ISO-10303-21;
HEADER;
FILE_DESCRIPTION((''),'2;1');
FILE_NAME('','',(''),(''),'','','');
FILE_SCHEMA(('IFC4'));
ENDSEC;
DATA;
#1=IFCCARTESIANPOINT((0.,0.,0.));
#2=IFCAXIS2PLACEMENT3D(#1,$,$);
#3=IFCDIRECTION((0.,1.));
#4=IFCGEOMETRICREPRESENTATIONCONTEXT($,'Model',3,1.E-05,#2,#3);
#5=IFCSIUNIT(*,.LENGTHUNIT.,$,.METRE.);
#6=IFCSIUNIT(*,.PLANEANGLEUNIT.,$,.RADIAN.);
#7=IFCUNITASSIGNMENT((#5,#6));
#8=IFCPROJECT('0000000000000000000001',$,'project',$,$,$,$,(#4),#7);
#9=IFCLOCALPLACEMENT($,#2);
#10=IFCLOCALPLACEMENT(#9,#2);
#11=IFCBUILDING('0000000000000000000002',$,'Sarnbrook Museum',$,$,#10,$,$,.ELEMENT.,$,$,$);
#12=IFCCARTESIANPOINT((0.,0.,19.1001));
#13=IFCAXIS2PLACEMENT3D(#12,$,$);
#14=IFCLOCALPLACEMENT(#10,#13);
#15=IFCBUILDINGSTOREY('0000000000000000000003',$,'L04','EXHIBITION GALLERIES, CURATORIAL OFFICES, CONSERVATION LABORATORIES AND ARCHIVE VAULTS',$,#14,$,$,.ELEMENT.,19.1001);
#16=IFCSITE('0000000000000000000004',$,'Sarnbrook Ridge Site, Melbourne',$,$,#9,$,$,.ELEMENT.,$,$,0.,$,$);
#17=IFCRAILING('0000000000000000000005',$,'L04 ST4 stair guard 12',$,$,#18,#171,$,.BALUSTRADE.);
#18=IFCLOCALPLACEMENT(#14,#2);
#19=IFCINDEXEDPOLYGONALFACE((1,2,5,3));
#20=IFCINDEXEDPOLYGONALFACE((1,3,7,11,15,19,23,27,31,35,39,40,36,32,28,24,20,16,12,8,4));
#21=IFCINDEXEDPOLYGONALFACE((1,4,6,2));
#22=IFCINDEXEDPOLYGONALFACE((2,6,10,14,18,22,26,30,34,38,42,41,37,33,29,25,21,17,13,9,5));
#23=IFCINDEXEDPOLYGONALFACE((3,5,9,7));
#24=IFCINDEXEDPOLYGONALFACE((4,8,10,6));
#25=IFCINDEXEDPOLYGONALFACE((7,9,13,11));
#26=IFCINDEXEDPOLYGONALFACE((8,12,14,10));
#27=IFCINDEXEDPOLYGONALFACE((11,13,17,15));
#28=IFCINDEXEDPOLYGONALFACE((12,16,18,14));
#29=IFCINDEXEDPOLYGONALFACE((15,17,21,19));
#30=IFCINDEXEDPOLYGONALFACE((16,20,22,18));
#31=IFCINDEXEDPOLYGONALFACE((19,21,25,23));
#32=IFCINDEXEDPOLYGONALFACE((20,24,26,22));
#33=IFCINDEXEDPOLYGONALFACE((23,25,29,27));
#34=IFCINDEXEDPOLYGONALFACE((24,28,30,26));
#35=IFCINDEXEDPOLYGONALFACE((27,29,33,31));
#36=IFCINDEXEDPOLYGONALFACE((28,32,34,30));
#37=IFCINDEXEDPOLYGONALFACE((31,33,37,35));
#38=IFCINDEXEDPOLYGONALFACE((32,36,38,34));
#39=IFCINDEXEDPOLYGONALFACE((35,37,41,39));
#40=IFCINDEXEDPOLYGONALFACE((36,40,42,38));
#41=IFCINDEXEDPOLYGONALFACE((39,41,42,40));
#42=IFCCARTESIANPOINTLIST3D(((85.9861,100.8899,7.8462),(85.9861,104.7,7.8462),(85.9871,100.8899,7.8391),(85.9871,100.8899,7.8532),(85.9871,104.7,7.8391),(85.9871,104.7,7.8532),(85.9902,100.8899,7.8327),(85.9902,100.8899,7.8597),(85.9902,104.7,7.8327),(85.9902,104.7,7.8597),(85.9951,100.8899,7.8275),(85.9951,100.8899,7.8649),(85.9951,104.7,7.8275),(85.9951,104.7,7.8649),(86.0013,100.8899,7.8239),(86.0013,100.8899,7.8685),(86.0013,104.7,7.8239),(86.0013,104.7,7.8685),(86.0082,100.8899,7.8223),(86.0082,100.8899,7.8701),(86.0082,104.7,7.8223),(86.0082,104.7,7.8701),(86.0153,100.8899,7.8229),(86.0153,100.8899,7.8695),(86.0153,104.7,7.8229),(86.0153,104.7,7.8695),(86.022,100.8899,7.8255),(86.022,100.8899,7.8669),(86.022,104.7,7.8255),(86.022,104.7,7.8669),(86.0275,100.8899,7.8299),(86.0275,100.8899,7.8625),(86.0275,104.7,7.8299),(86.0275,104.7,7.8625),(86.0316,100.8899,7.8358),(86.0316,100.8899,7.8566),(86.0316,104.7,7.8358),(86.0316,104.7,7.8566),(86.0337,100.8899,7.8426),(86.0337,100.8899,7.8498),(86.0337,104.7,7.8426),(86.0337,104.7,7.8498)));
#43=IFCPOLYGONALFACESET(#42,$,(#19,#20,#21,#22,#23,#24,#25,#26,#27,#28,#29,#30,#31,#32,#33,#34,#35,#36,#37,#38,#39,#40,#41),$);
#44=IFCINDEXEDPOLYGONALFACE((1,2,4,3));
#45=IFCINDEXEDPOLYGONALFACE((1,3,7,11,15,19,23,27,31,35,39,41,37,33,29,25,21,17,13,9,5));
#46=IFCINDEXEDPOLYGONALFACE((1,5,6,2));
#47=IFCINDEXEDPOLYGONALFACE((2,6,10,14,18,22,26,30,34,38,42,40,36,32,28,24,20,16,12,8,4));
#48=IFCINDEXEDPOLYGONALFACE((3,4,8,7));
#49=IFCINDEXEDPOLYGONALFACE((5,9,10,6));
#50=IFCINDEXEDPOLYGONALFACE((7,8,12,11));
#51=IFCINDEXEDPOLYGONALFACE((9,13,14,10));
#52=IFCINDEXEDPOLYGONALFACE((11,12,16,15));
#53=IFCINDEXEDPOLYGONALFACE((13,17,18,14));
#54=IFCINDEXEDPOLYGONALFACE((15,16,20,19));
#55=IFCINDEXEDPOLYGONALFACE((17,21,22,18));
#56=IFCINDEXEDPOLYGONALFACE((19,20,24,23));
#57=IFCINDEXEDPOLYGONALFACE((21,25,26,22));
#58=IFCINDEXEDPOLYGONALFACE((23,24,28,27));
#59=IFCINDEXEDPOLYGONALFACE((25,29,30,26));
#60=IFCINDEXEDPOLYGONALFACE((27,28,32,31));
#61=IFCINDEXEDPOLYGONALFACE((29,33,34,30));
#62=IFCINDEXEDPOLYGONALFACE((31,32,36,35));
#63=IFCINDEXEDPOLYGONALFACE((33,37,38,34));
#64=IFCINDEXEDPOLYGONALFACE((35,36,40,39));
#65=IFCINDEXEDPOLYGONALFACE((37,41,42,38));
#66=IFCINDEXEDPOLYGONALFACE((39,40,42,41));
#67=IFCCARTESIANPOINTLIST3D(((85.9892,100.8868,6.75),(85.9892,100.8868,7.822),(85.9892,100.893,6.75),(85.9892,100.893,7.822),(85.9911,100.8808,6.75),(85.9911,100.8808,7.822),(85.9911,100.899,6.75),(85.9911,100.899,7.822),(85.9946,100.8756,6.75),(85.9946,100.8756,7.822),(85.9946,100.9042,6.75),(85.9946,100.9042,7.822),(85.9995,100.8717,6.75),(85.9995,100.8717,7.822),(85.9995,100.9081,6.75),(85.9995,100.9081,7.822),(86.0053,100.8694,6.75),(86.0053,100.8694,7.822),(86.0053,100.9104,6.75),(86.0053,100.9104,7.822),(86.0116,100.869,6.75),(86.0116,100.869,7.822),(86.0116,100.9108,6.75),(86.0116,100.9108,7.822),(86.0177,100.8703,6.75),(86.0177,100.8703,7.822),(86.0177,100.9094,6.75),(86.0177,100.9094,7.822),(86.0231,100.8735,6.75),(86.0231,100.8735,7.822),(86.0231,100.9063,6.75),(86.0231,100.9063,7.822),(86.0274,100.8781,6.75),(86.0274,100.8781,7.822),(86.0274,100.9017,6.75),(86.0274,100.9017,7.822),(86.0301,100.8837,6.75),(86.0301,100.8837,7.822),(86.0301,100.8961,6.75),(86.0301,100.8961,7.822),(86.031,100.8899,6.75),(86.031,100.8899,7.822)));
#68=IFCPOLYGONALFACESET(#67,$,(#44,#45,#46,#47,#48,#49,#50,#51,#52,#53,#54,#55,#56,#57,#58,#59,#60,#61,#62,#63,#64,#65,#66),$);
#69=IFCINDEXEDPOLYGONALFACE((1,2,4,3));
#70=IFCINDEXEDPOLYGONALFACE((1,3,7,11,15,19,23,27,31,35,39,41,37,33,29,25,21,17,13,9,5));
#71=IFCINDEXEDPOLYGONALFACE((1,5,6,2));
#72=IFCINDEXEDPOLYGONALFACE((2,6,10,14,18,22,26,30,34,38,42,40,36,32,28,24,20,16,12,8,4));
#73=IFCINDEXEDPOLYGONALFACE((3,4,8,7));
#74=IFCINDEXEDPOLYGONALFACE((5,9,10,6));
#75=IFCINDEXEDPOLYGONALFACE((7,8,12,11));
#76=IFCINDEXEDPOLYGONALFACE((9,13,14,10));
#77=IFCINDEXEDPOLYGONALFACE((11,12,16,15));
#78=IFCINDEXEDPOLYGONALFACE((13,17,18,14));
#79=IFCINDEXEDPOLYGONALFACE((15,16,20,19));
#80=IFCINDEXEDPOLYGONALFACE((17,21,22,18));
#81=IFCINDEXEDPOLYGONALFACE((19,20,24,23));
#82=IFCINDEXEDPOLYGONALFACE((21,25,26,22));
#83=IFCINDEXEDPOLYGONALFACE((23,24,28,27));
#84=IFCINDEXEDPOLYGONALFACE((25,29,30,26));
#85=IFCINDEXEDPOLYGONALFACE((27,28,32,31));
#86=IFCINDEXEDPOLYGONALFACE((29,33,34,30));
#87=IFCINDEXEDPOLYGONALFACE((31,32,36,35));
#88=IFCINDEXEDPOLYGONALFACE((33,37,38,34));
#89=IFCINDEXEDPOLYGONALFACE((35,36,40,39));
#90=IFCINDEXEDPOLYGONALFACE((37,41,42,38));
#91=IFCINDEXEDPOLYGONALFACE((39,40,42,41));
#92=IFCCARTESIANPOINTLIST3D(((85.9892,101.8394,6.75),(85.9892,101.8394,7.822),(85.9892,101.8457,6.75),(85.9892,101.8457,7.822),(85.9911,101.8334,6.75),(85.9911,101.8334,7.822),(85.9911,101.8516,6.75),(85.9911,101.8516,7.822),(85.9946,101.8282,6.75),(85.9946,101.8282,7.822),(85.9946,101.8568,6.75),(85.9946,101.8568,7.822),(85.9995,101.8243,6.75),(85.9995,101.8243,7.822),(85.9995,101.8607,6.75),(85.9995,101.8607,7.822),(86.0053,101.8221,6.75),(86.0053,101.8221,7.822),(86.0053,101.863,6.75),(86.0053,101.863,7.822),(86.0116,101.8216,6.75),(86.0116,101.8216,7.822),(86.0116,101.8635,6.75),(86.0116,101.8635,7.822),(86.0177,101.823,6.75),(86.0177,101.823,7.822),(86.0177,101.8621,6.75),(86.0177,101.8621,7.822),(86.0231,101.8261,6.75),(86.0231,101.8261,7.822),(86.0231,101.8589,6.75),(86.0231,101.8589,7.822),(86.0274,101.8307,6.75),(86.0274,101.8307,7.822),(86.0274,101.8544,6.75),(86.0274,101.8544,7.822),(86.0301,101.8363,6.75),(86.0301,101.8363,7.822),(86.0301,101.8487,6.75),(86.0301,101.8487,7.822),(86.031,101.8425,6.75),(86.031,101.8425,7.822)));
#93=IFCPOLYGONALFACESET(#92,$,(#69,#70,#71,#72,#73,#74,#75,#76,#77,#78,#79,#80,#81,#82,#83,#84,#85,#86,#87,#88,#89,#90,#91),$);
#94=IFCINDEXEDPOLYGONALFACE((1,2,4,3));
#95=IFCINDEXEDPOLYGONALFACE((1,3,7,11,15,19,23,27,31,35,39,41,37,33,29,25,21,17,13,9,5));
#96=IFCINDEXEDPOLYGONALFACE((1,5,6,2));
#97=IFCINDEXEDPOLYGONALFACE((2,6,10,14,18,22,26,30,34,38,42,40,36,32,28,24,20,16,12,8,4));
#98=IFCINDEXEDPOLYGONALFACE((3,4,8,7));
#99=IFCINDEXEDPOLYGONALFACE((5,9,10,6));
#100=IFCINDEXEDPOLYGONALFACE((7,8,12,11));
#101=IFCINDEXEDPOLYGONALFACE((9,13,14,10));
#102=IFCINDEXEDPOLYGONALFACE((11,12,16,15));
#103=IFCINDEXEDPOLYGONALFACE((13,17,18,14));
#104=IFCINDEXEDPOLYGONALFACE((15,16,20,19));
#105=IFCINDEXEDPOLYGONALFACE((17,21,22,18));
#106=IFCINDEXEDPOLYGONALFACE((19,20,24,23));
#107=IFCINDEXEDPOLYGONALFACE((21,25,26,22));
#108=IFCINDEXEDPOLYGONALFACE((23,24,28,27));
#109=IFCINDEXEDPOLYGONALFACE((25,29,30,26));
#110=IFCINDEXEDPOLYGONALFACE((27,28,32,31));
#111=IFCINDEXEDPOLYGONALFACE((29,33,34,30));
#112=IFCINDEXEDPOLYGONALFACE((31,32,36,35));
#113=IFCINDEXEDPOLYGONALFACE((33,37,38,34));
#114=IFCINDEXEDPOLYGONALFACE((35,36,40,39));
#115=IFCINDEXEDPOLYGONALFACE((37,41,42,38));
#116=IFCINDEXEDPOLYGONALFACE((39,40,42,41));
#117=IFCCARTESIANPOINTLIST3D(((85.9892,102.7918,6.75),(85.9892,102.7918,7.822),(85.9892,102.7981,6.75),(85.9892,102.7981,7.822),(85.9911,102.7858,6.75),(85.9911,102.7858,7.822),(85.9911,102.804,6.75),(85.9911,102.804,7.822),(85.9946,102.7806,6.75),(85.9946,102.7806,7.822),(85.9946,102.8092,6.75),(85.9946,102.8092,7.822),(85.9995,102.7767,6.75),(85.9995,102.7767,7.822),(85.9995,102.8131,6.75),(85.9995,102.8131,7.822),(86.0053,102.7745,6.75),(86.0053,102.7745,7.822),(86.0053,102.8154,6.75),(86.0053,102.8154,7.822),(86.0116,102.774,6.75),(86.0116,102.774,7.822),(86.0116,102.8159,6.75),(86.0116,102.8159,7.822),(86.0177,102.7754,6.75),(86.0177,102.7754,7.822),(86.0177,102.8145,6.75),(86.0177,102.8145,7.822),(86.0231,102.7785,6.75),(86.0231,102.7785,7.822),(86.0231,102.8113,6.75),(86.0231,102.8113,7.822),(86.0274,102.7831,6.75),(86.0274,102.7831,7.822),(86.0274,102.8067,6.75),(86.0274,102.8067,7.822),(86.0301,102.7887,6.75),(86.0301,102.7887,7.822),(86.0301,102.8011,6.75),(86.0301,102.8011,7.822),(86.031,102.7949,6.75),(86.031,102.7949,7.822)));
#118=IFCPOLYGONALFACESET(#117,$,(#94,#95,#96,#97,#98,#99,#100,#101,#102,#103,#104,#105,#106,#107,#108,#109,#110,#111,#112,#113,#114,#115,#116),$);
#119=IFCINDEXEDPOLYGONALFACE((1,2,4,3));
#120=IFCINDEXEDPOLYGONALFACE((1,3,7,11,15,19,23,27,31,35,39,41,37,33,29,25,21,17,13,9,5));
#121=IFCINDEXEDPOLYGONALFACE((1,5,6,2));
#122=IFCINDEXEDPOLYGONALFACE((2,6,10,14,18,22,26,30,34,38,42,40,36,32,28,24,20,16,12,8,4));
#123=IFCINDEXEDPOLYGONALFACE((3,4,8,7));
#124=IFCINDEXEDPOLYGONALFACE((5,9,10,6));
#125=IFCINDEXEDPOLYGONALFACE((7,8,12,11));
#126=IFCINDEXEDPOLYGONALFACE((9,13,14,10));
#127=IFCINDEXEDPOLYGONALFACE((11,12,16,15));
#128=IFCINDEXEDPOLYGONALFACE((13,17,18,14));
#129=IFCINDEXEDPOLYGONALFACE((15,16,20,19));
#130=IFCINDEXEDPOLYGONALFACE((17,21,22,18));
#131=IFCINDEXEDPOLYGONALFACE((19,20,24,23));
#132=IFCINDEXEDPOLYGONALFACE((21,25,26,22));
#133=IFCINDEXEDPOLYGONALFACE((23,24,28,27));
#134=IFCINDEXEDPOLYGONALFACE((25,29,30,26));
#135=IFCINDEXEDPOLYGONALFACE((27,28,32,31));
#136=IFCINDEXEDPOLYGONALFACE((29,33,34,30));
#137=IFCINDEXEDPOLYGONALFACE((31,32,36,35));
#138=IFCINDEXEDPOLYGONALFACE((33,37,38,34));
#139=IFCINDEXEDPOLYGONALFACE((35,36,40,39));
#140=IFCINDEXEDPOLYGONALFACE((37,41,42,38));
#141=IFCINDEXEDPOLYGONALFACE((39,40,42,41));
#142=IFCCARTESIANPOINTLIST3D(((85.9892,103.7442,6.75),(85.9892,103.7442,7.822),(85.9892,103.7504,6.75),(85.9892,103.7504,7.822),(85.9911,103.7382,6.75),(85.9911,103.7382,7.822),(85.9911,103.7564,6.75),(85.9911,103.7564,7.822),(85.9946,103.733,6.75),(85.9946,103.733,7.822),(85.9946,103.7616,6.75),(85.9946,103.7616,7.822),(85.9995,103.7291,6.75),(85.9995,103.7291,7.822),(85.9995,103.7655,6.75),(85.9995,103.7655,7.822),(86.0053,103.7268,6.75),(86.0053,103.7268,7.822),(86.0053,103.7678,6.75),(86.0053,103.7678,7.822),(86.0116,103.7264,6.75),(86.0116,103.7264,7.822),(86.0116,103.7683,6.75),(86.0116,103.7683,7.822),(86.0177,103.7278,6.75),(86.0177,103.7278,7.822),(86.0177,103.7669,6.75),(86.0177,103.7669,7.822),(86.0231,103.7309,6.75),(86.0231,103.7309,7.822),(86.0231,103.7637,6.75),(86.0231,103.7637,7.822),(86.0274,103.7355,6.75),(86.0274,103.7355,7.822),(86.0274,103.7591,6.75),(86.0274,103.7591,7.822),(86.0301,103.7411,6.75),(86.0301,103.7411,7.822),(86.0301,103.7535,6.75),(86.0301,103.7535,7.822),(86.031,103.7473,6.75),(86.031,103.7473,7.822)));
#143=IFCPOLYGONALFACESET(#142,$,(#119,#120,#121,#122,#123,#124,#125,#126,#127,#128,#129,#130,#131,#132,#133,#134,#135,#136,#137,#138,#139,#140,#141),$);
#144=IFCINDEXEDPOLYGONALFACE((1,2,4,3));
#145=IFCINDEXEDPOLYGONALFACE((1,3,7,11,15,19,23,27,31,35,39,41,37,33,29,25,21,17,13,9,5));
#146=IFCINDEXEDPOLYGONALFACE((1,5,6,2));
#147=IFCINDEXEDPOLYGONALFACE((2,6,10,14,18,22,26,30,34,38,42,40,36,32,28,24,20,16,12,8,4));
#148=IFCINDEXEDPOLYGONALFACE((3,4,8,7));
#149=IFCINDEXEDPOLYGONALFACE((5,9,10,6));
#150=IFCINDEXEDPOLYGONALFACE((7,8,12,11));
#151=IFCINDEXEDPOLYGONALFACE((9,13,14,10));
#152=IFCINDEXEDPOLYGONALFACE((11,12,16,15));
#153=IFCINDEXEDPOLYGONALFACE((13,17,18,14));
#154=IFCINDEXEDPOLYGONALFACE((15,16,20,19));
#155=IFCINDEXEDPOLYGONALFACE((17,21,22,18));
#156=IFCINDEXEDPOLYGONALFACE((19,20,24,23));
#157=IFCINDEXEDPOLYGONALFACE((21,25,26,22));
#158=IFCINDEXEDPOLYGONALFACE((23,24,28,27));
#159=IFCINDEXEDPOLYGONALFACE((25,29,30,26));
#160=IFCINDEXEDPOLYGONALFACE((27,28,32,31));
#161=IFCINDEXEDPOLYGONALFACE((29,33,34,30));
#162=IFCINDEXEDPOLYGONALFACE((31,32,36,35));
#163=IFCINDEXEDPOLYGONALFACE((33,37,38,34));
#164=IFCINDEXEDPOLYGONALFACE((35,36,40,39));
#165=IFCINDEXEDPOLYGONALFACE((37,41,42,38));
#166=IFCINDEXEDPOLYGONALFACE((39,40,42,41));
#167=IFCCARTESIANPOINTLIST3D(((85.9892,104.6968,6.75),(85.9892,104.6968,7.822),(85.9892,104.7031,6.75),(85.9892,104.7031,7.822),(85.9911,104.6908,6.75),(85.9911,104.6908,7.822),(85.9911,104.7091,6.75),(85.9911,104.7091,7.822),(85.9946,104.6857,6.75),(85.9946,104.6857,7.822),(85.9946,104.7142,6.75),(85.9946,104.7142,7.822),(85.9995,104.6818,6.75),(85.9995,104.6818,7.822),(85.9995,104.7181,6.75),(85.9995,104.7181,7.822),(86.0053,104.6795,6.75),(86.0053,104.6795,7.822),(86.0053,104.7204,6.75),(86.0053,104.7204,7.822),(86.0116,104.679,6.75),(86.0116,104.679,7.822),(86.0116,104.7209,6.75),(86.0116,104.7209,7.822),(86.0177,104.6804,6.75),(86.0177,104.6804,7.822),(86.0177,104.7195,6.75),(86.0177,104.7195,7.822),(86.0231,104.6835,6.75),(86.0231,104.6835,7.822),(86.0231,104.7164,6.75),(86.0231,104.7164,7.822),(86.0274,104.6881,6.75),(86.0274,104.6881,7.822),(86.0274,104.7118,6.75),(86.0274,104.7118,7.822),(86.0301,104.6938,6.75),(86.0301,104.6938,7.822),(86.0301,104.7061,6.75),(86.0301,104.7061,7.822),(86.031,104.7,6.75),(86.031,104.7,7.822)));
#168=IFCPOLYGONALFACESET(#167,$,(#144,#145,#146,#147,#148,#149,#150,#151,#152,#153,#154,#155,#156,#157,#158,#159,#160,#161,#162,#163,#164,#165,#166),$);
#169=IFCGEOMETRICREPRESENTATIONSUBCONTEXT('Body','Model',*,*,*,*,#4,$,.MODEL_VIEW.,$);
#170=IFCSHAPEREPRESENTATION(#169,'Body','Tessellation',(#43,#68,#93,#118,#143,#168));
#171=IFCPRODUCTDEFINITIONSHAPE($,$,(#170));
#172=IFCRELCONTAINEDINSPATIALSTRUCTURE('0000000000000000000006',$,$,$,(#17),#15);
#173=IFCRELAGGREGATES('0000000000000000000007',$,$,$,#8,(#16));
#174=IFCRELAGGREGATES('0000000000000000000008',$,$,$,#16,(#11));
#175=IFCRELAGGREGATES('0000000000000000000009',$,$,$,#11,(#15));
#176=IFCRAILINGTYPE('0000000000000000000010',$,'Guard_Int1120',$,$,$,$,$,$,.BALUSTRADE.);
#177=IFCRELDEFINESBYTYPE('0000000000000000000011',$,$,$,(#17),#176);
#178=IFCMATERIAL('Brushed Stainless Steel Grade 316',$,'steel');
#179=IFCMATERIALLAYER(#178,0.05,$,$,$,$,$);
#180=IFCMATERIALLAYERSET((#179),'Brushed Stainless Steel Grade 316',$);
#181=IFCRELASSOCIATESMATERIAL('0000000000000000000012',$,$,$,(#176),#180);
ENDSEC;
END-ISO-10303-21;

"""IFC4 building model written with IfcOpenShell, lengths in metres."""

from ifc_helpers import new_model, si_unit, direction, frame, origin, origin_2d, place, context, subcontext, project, spatial, circle, extrude, material, layer, layer_set, type_object, element, save


model = new_model("IFC4")

# Units and contexts
model_context = context("Model", 3, precision=1e-05, world=origin(), true_north=direction((0.0, 1.0)))
body_context = subcontext(model_context, "Body", "Model", "MODEL_VIEW")
ifc_project = project(units=[si_unit("LENGTHUNIT", "METRE"), si_unit("PLANEANGLEUNIT", "RADIAN")], contexts=[model_context])

# Site, building, storey
site_placement = place(None, origin())
site = spatial("IfcSite", under=ifc_project, at=site_placement, Name="Sarnbrook Ridge Site, Melbourne", CompositionType="ELEMENT", RefElevation=0.0)
building_placement = place(site_placement, origin())
building = spatial("IfcBuilding", under=site, at=building_placement, Name="Sarnbrook Museum", CompositionType="ELEMENT")
storey_placement = place(building_placement, frame((0.0, 0.0, 19.1001)))
storey = spatial("IfcBuildingStorey", under=building, at=storey_placement, Name="L04", Description="EXHIBITION GALLERIES, CURATORIAL OFFICES, CONSERVATION LABORATORIES AND ARCHIVE VAULTS", CompositionType="ELEMENT", Elevation=19.1001)

# Shared definitions
ifc_material_1 = material(Name="Brushed Stainless Steel Grade 316", Category="steel")

# Railing
ifc_layer_1 = layer(ifc_material_1, 0.05)
ifc_layer_set_1 = layer_set([ifc_layer_1], Name="Brushed Stainless Steel Grade 316")
railing_type = type_object("IfcRailingType", Name="Guard_Int1120", PredefinedType="BALUSTRADE", material=ifc_layer_set_1)
railing_1_placement = place(storey_placement, frame((86.01, 100.8899, 6.75)))
element("IfcRailing", 1, at=railing_1_placement, inside=storey, type_object=railing_type, Name="L04 ST4 stair guard 12", PredefinedType="BALUSTRADE", context=body_context, shape_type="SweptSolid", body=[
    extrude(circle(Radius=0.0239, at=origin_2d()), frame((0.0, 0.0, 1.0962), z_axis=(0.0, 1.0, 0.0), x_axis=(-1.0, 0.0, 0.0)), (0.0, 0.0, 1.0), 3.8101),
    extrude(circle(Radius=0.021, at=origin_2d()), origin(), (0.0, 0.0, 1.0), 1.072),
    extrude(circle(Radius=0.021, at=origin_2d()), frame((0.0, 0.9526, 0.0)), (0.0, 0.0, 1.0), 1.072),
    extrude(circle(Radius=0.021, at=origin_2d()), frame((0.0, 1.905, 0.0)), (0.0, 0.0, 1.0), 1.072),
    extrude(circle(Radius=0.021, at=origin_2d()), frame((0.0, 2.8574, 0.0)), (0.0, 0.0, 1.0), 1.072),
    extrude(circle(Radius=0.021, at=origin_2d()), frame((0.0, 3.8101, 0.0)), (0.0, 0.0, 1.0), 1.072),
])

save(model, "model.ifc")
